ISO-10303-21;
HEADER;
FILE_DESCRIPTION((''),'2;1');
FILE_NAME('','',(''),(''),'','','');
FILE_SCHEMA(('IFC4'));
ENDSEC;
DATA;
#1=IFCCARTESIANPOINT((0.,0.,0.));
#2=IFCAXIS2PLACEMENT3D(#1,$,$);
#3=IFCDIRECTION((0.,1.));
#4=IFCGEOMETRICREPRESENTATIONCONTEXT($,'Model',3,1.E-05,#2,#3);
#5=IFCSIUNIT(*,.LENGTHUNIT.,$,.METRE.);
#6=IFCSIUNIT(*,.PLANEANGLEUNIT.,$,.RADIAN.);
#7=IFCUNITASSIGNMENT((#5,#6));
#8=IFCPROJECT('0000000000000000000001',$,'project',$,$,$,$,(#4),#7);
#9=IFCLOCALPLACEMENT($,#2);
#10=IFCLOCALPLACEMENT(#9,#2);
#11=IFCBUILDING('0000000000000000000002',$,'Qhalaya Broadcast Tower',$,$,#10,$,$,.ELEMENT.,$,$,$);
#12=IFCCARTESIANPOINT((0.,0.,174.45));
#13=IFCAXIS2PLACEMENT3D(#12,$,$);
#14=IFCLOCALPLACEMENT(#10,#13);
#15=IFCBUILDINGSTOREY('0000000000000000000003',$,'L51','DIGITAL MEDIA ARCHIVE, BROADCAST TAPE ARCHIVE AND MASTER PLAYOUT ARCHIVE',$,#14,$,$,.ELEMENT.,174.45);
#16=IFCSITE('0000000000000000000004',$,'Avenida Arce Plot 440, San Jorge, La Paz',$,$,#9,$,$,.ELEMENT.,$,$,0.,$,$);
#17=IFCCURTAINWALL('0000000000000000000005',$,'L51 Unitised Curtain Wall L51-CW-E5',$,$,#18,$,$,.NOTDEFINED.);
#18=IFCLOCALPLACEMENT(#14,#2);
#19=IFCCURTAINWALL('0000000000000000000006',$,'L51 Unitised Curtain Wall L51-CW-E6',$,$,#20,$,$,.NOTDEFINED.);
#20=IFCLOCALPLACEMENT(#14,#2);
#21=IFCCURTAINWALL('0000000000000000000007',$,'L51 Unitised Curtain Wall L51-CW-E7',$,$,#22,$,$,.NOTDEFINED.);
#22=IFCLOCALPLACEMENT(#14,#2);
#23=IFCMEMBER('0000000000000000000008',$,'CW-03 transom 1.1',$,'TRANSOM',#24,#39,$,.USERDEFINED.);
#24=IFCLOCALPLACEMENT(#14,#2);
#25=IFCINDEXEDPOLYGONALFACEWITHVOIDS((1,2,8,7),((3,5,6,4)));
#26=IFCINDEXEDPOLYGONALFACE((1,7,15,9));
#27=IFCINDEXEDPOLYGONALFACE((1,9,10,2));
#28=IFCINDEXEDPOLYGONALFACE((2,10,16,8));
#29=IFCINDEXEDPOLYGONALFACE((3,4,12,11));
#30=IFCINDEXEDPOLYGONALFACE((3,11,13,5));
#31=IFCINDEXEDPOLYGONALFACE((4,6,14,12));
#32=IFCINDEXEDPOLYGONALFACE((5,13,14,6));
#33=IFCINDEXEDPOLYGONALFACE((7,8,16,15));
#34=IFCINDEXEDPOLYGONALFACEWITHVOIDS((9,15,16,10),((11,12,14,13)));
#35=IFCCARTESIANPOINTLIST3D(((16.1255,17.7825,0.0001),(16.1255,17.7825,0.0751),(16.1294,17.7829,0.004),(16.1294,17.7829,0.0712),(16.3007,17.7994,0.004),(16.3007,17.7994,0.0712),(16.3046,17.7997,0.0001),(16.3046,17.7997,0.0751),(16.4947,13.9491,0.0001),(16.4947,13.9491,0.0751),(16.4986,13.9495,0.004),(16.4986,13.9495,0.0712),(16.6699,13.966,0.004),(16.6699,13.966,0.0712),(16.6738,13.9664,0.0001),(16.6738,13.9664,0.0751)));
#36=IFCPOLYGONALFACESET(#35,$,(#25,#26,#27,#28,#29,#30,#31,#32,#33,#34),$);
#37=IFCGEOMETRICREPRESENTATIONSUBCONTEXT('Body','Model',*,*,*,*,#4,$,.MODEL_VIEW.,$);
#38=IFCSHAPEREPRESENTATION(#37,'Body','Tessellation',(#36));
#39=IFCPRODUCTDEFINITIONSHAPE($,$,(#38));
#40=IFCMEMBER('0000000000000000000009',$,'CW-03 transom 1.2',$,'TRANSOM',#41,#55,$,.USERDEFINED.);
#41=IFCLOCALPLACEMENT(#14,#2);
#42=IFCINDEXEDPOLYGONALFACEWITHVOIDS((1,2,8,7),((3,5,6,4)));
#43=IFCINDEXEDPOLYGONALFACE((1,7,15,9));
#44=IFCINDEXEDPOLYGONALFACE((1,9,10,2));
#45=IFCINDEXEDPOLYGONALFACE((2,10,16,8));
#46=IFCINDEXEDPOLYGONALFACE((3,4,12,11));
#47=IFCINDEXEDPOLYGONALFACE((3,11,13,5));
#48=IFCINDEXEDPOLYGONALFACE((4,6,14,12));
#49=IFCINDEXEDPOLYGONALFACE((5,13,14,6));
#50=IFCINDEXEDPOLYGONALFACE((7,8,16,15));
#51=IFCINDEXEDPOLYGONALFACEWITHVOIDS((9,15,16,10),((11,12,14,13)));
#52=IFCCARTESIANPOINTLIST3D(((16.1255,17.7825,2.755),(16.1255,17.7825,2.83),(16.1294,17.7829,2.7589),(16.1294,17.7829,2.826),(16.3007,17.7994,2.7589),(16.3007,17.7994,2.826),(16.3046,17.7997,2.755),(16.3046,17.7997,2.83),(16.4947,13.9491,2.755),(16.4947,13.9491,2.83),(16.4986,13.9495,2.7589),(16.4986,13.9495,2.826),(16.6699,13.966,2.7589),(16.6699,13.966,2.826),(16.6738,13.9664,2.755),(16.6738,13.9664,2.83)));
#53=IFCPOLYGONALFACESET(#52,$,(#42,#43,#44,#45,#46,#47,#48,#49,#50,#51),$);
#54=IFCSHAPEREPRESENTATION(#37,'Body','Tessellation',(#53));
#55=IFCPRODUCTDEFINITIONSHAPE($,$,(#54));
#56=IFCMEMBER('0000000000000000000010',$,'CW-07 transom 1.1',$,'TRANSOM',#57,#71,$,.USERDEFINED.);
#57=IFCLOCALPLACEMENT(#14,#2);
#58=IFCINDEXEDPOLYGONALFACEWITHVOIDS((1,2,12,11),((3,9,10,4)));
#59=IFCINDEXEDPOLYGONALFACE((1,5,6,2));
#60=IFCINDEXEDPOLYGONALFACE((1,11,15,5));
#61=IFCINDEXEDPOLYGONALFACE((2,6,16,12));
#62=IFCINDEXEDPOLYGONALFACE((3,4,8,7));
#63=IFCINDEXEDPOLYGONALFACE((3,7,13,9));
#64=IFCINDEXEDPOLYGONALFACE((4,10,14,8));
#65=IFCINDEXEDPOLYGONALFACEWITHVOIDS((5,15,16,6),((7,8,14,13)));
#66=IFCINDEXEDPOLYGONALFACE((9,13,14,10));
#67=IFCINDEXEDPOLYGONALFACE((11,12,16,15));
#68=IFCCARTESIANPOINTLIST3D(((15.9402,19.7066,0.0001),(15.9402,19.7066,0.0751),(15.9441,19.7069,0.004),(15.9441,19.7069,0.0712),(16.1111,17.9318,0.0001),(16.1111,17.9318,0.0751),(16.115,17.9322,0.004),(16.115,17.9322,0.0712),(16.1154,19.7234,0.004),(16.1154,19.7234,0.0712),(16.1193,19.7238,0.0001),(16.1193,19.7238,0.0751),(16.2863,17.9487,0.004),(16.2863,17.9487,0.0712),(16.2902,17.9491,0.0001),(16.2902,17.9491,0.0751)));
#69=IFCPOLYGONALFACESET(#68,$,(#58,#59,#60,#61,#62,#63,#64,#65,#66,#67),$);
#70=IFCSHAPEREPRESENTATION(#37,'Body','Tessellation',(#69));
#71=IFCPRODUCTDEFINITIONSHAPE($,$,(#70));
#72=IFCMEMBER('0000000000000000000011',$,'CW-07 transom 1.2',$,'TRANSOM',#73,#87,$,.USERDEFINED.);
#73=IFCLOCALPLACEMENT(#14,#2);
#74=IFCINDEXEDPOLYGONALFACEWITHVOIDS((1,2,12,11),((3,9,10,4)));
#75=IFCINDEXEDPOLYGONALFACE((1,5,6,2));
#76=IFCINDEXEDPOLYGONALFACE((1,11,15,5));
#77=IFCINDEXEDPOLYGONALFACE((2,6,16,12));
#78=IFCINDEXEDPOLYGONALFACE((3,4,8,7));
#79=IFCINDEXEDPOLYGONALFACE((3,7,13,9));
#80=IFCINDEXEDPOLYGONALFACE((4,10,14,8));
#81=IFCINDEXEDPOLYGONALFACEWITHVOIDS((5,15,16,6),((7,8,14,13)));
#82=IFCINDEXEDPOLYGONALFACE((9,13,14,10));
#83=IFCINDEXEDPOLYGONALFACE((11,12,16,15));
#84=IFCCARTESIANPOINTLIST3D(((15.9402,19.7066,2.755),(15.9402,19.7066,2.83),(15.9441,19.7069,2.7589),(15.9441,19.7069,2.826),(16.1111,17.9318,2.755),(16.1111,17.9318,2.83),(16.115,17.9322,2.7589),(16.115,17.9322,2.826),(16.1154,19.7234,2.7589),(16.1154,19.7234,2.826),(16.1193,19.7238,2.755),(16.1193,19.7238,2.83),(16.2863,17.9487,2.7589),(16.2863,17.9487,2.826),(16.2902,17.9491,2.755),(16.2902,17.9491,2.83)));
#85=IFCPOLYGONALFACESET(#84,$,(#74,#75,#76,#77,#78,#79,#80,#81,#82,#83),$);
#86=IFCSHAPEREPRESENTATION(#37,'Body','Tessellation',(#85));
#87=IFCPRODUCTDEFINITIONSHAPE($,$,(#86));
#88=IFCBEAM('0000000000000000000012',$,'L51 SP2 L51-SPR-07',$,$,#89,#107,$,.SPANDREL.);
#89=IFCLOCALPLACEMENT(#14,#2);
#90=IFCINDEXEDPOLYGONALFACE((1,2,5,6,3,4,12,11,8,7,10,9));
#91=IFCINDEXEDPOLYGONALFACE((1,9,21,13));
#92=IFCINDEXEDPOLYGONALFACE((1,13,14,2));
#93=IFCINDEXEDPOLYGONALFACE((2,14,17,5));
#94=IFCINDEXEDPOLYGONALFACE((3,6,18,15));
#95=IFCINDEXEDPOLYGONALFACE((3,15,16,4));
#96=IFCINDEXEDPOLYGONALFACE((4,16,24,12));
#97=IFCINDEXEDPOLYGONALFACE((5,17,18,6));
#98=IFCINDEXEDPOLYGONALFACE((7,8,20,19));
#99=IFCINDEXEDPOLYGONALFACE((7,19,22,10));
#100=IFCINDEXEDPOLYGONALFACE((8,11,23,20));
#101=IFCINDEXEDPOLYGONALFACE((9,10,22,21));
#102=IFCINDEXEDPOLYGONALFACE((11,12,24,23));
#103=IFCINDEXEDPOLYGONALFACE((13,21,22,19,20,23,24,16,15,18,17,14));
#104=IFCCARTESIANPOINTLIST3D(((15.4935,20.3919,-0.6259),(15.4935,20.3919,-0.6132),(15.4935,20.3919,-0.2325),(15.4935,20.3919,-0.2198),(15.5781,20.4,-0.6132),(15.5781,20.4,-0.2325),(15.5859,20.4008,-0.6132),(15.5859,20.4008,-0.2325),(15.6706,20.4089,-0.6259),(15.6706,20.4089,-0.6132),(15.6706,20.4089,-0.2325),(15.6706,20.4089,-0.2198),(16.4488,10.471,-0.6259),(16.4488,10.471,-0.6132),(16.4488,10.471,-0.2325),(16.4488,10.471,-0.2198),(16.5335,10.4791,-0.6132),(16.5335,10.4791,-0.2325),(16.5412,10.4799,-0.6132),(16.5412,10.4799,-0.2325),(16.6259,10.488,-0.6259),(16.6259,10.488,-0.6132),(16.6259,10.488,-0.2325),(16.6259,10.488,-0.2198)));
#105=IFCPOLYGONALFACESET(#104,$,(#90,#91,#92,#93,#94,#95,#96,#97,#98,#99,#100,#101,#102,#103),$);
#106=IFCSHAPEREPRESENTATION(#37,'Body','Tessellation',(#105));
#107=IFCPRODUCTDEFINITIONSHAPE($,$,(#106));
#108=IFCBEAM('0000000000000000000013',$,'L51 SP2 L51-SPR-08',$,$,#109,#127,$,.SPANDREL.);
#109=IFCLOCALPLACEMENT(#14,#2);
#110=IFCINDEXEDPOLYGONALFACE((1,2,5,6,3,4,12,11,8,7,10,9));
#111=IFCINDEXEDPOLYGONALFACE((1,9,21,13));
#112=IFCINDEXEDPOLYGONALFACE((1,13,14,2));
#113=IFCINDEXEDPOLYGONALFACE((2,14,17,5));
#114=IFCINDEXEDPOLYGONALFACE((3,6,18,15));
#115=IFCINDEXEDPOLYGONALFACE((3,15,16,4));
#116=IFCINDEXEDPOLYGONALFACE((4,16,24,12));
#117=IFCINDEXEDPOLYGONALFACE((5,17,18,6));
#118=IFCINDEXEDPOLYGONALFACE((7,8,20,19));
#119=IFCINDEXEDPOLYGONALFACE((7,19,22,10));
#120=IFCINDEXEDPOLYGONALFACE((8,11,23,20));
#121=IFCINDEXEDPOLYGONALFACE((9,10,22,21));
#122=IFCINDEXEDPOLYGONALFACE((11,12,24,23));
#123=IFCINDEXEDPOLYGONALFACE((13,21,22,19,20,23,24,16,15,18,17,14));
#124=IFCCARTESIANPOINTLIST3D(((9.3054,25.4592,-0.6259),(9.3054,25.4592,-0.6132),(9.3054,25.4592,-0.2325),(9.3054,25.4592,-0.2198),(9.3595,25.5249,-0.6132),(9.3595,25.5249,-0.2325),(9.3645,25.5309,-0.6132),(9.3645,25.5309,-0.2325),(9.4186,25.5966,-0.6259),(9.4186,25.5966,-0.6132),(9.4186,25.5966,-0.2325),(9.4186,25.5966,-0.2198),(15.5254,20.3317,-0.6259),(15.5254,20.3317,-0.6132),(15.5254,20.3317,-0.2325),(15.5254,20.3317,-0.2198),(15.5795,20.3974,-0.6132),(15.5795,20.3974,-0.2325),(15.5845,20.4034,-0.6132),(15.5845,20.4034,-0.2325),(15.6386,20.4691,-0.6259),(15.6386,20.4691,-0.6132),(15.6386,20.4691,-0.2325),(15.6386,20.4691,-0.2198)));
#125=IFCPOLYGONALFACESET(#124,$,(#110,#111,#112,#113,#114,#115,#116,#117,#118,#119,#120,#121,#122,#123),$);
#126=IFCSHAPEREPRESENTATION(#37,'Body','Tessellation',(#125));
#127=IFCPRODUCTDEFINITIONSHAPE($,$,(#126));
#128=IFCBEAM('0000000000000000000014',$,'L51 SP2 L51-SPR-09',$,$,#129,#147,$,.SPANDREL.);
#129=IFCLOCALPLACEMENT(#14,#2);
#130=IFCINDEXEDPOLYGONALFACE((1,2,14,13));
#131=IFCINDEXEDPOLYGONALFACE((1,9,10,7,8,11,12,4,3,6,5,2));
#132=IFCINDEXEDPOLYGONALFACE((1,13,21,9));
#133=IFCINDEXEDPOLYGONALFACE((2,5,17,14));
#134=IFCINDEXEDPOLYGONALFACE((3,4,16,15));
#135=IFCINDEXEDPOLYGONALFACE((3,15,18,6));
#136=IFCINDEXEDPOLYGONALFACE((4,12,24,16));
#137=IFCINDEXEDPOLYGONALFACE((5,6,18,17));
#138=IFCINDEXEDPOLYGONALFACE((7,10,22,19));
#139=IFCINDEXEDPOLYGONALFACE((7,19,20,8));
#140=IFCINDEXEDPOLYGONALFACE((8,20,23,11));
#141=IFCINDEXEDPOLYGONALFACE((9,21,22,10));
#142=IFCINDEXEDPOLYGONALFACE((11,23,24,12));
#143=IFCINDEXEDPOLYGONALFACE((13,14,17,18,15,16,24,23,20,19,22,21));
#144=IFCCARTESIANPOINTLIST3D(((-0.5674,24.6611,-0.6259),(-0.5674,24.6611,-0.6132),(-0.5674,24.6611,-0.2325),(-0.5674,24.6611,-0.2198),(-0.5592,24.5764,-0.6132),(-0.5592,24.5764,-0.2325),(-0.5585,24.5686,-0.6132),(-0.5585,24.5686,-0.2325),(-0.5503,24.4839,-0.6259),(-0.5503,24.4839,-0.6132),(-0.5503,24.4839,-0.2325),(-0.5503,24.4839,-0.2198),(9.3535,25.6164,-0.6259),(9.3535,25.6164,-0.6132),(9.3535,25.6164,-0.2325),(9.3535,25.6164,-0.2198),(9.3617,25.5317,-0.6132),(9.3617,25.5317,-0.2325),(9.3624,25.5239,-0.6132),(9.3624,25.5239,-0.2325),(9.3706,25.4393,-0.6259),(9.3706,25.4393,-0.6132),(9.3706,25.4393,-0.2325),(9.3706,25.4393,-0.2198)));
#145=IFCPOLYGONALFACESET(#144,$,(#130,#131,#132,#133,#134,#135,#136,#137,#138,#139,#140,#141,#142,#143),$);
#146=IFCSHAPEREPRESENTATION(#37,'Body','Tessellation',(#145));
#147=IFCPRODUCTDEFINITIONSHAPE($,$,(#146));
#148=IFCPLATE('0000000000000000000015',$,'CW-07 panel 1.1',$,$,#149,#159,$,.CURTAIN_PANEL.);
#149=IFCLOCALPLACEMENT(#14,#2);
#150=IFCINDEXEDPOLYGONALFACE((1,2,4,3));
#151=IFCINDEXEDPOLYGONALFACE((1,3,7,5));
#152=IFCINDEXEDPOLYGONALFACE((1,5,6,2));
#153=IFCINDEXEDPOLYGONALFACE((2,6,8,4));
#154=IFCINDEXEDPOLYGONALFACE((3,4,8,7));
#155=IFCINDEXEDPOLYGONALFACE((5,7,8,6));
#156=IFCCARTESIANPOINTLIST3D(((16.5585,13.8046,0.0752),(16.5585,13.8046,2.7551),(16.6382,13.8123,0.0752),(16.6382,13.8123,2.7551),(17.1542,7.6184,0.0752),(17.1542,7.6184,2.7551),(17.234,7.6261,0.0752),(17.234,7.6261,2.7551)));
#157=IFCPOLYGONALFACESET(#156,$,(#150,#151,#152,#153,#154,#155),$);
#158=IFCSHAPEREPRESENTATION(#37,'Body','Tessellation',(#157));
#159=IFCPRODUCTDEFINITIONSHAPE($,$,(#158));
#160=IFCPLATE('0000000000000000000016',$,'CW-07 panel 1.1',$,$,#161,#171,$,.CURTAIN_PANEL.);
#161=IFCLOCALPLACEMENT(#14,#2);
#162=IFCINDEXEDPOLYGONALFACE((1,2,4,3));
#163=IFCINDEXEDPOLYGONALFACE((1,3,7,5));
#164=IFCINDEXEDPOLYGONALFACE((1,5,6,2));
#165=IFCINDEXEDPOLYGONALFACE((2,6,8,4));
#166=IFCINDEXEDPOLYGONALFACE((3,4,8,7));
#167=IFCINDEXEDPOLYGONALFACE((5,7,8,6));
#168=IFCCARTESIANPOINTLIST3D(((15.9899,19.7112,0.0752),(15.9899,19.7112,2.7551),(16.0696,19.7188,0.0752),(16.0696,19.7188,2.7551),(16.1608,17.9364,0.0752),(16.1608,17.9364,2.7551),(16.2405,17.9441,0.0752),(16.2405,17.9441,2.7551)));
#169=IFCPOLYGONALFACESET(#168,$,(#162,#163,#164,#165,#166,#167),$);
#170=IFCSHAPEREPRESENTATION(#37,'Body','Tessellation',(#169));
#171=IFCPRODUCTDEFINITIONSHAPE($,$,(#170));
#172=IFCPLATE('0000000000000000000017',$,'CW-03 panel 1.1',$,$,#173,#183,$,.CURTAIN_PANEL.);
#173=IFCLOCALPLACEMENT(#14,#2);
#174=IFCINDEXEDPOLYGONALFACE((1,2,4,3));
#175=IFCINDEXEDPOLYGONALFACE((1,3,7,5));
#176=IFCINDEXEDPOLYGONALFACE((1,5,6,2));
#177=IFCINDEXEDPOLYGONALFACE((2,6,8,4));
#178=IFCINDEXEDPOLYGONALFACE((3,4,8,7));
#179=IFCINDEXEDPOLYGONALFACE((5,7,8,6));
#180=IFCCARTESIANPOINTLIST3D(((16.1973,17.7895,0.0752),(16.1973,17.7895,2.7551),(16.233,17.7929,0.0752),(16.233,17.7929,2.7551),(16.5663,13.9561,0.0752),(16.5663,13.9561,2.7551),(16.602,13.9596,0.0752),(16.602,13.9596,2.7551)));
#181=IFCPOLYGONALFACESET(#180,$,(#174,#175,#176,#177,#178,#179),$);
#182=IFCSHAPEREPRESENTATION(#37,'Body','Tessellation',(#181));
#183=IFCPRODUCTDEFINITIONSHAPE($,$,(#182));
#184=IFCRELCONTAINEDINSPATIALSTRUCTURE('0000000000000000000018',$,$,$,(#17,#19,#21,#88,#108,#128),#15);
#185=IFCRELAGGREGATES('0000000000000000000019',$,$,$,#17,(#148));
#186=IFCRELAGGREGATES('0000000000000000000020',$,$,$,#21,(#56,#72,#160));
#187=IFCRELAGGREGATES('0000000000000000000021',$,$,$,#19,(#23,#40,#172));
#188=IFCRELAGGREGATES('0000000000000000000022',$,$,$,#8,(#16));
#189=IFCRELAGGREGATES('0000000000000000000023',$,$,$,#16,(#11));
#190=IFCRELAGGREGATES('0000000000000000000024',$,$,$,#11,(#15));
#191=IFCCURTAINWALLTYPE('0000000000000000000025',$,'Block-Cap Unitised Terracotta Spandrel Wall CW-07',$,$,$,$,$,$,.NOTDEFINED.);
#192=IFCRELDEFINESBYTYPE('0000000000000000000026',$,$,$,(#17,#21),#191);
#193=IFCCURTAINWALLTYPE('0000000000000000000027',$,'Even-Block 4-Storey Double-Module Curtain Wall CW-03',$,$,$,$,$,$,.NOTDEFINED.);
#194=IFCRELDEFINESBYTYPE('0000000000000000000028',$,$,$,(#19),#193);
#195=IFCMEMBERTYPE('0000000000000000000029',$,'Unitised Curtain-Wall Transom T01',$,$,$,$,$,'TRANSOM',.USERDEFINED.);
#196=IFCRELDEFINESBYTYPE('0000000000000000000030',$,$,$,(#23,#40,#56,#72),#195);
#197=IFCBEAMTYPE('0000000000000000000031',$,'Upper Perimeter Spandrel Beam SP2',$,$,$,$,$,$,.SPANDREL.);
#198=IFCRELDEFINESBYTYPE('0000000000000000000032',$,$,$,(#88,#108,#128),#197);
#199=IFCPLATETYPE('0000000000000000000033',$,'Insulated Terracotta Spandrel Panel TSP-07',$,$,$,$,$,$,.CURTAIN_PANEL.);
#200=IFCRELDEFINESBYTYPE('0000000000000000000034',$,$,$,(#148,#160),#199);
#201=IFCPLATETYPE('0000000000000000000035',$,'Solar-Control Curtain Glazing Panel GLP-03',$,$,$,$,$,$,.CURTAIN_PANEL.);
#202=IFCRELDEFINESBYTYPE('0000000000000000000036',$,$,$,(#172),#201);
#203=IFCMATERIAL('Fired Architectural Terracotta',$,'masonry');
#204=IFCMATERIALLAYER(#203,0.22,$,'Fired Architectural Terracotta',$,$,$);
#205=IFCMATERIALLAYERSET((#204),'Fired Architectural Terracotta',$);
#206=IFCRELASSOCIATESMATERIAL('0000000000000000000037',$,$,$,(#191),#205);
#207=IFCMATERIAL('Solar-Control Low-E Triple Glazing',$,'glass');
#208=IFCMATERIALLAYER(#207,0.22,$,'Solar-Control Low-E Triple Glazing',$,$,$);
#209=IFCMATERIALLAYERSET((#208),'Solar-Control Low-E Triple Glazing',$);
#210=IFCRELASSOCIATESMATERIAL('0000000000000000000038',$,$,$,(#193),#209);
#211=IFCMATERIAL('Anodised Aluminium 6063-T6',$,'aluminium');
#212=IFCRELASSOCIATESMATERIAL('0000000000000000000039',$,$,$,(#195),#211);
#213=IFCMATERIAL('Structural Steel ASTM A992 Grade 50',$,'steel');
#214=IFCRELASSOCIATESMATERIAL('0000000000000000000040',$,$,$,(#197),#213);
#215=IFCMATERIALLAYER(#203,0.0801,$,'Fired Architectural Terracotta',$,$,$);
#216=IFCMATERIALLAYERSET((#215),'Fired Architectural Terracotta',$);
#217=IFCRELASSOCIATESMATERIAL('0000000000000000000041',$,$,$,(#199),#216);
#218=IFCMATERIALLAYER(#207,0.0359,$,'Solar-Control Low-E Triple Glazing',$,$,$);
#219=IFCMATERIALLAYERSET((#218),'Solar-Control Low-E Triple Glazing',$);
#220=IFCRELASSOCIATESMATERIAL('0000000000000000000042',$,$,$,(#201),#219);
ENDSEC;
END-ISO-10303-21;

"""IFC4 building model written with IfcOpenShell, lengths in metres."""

from ifc_helpers import new_model, si_unit, direction, frame, origin, origin_2d, place, context, subcontext, project, spatial, rectangle, hollow_rectangle, i_section, extrude, material, layer, layer_set, material_profile, profile_set, type_object, element, aggregate, save


model = new_model("IFC4")

# Units and contexts
model_context = context("Model", 3, precision=1e-05, world=origin(), true_north=direction((0.0, 1.0)))
body_context = subcontext(model_context, "Body", "Model", "MODEL_VIEW")
ifc_project = project(units=[si_unit("LENGTHUNIT", "METRE"), si_unit("PLANEANGLEUNIT", "RADIAN")], contexts=[model_context])

# Site, building, storey
site_placement = place(None, origin())
site = spatial("IfcSite", under=ifc_project, at=site_placement, Name="Avenida Arce Plot 440, San Jorge, La Paz", CompositionType="ELEMENT", RefElevation=0.0)
building_placement = place(site_placement, origin())
building = spatial("IfcBuilding", under=site, at=building_placement, Name="Qhalaya Broadcast Tower", CompositionType="ELEMENT")
storey_placement = place(building_placement, frame((0.0, 0.0, 174.45)))
storey = spatial("IfcBuildingStorey", under=building, at=storey_placement, Name="L51", Description="DIGITAL MEDIA ARCHIVE, BROADCAST TAPE ARCHIVE AND MASTER PLAYOUT ARCHIVE", CompositionType="ELEMENT", Elevation=174.45)

# Shared definitions
ifc_material_1 = material(Name="Structural Steel ASTM A992 Grade 50", Category="steel")

# Curtain wall
ifc_material_2 = material(Name="Fired Architectural Terracotta", Category="masonry")
ifc_layer_1 = layer(ifc_material_2, 0.22, Name="Fired Architectural Terracotta")
ifc_layer_set_1 = layer_set([ifc_layer_1], Name="Fired Architectural Terracotta")
curtain_wall_type_1 = type_object("IfcCurtainWallType", Name="Block-Cap Unitised Terracotta Spandrel Wall CW-07", PredefinedType="NOTDEFINED", material=ifc_layer_set_1)
curtain_wall_1_placement = place(storey_placement, origin())
curtain_wall_1 = element("IfcCurtainWall", 1, at=curtain_wall_1_placement, inside=storey, type_object=curtain_wall_type_1, Name="L51 Unitised Curtain Wall L51-CW-E5", PredefinedType="NOTDEFINED")
ifc_material_3 = material(Name="Anodised Aluminium 6063-T6", Category="aluminium")

# Curtain walls
ifc_material_4 = material(Name="Solar-Control Low-E Triple Glazing", Category="glass")
ifc_layer_2 = layer(ifc_material_4, 0.22, Name="Solar-Control Low-E Triple Glazing")
ifc_layer_set_2 = layer_set([ifc_layer_2], Name="Solar-Control Low-E Triple Glazing")
curtain_wall_type_2 = type_object("IfcCurtainWallType", Name="Even-Block 4-Storey Double-Module Curtain Wall CW-03", PredefinedType="NOTDEFINED", material=ifc_layer_set_2)
curtain_wall_2_placement = place(storey_placement, origin())
curtain_wall_2 = element("IfcCurtainWall", 2, at=curtain_wall_2_placement, inside=storey, type_object=curtain_wall_type_2, Name="L51 Unitised Curtain Wall L51-CW-E6", PredefinedType="NOTDEFINED")
curtain_wall_3_placement = place(storey_placement, origin())
curtain_wall_3 = element("IfcCurtainWall", 3, at=curtain_wall_3_placement, inside=storey, type_object=curtain_wall_type_1, Name="L51 Unitised Curtain Wall L51-CW-E7", PredefinedType="NOTDEFINED")

# Members
ifc_material_profile_1 = material_profile(ifc_material_3, hollow_rectangle(XDim=0.075, YDim=0.1799, WallThickness=0.0039, at=origin_2d()), Name="ALU-TRN 75x180x4")
ifc_profile_set_1 = profile_set([ifc_material_profile_1], Name="Anodised Aluminium 6063-T6")
member_type_1 = type_object("IfcMemberType", Name="Unitised Curtain-Wall Transom T01", ElementType="TRANSOM", PredefinedType="USERDEFINED", material=ifc_profile_set_1)
member_1_placement = place(storey_placement, frame((16.5842, 13.9578, 0.0376), z_axis=(-0.095856, 0.995395, 0.0), x_axis=(0.0, 0.0, 1.0)))
member_1 = element("IfcMember", 4, at=member_1_placement, type_object=member_type_1, Name="CW-03 transom 1.1", ObjectType="TRANSOM", PredefinedType="USERDEFINED", context=body_context, shape_type="SweptSolid", body=[
    extrude(hollow_rectangle(XDim=0.075, YDim=0.1799, WallThickness=0.0039, at=origin_2d()), origin(), (0.0, 0.0, 1.0), 3.8511),
])
member_2_placement = place(storey_placement, frame((16.5842, 13.9578, 2.7925), z_axis=(-0.095856, 0.995395, 0.0), x_axis=(0.0, 0.0, 1.0)))
member_2 = element("IfcMember", 5, at=member_2_placement, type_object=member_type_1, Name="CW-03 transom 1.2", ObjectType="TRANSOM", PredefinedType="USERDEFINED", context=body_context, shape_type="SweptSolid", body=[
    extrude(hollow_rectangle(XDim=0.075, YDim=0.1799, WallThickness=0.0039, at=origin_2d()), origin(), (0.0, 0.0, 1.0), 3.8511),
])
member_3_placement = place(storey_placement, frame((16.2007, 17.9404, 0.0376), z_axis=(-0.095856, 0.995395, 0.0), x_axis=(0.0, 0.0, 1.0)))
member_3 = element("IfcMember", 6, at=member_3_placement, type_object=member_type_1, Name="CW-07 transom 1.1", ObjectType="TRANSOM", PredefinedType="USERDEFINED", context=body_context, shape_type="SweptSolid", body=[
    extrude(hollow_rectangle(XDim=0.075, YDim=0.1799, WallThickness=0.0039, at=origin_2d()), origin(), (0.0, 0.0, 1.0), 1.783),
])
member_4_placement = place(storey_placement, frame((16.2007, 17.9404, 2.7925), z_axis=(-0.095856, 0.995395, 0.0), x_axis=(0.0, 0.0, 1.0)))
member_4 = element("IfcMember", 7, at=member_4_placement, type_object=member_type_1, Name="CW-07 transom 1.2", ObjectType="TRANSOM", PredefinedType="USERDEFINED", context=body_context, shape_type="SweptSolid", body=[
    extrude(hollow_rectangle(XDim=0.075, YDim=0.1799, WallThickness=0.0039, at=origin_2d()), origin(), (0.0, 0.0, 1.0), 1.783),
])

# Beams
ifc_material_profile_2 = material_profile(ifc_material_1, i_section(OverallWidth=0.178, OverallDepth=0.406, WebThickness=0.0078, FlangeThickness=0.0127, at=origin_2d()), Name="W16X40")
ifc_profile_set_2 = profile_set([ifc_material_profile_2], Name="Structural Steel ASTM A992 Grade 50")
beam_type_1 = type_object("IfcBeamType", Name="Upper Perimeter Spandrel Beam SP2", PredefinedType="SPANDREL", material=ifc_profile_set_2)
beam_1_placement = place(storey_placement, frame((16.5374, 10.4795, -0.4229), z_axis=(-0.095851, 0.995396, 0.0), x_axis=(-0.995396, -0.095851, 0.0)))
element("IfcBeam", 8, at=beam_1_placement, inside=storey, type_object=beam_type_1, Name="L51 SP2 L51-SPR-07", PredefinedType="SPANDREL", context=body_context, shape_type="SweptSolid", body=[
    extrude(i_section(OverallWidth=0.178, OverallDepth=0.406, WebThickness=0.0078, FlangeThickness=0.0127, at=origin_2d()), origin(), (0.0, 0.0, 1.0), 9.9668),
])
beam_2_placement = place(storey_placement, frame((15.582, 20.4004, -0.4229), z_axis=(-0.771619, 0.636085, 0.0), x_axis=(-0.636085, -0.771619, 0.0)))
element("IfcBeam", 9, at=beam_2_placement, inside=storey, type_object=beam_type_1, Name="L51 SP2 L51-SPR-08", PredefinedType="SPANDREL", context=body_context, shape_type="SweptSolid", body=[
    extrude(i_section(OverallWidth=0.178, OverallDepth=0.406, WebThickness=0.0078, FlangeThickness=0.0127, at=origin_2d()), origin(), (0.0, 0.0, 1.0), 8.061),
])
beam_3_placement = place(storey_placement, frame((9.3621, 25.5278, -0.4229), z_axis=(-0.995396, -0.095851, 0.0), x_axis=(0.095851, -0.995396, 0.0)))
element("IfcBeam", 10, at=beam_3_placement, inside=storey, type_object=beam_type_1, Name="L51 SP2 L51-SPR-09", PredefinedType="SPANDREL", context=body_context, shape_type="SweptSolid", body=[
    extrude(i_section(OverallWidth=0.178, OverallDepth=0.406, WebThickness=0.0078, FlangeThickness=0.0127, at=origin_2d()), origin(), (0.0, 0.0, 1.0), 9.9668),
])

# Plates
ifc_layer_3 = layer(ifc_material_2, 0.0801, Name="Fired Architectural Terracotta")
ifc_layer_set_3 = layer_set([ifc_layer_3], Name="Fired Architectural Terracotta")
plate_type_1 = type_object("IfcPlateType", Name="Insulated Terracotta Spandrel Panel TSP-07", PredefinedType="CURTAIN_PANEL", material=ifc_layer_set_3)
plate_1_placement = place(storey_placement, frame((16.8962, 10.7153, 0.0752), z_axis=(0.0, 0.0, 1.0), x_axis=(-0.095854, 0.995395, 0.0)))
plate_1 = element("IfcPlate", 11, at=plate_1_placement, type_object=plate_type_1, Name="CW-07 panel 1.1", PredefinedType="CURTAIN_PANEL", context=body_context, shape_type="SweptSolid", body=[
    extrude(rectangle(XDim=6.2148, YDim=0.0801, at=origin_2d()), origin(), (0.0, 0.0, 1.0), 2.6799),
])
aggregate(curtain_wall_1, [plate_1])
plate_2_placement = place(storey_placement, frame((16.1152, 18.8276, 0.0752), z_axis=(0.0, 0.0, 1.0), x_axis=(-0.095861, 0.995395, 0.0)))
plate_2 = element("IfcPlate", 12, at=plate_2_placement, type_object=plate_type_1, Name="CW-07 panel 1.1", PredefinedType="CURTAIN_PANEL", context=body_context, shape_type="SweptSolid", body=[
    extrude(rectangle(XDim=1.783, YDim=0.0801, at=origin_2d()), origin(), (0.0, 0.0, 1.0), 2.6799),
])
aggregate(curtain_wall_3, [member_3, member_4, plate_2])
ifc_layer_4 = layer(ifc_material_4, 0.0359, Name="Solar-Control Low-E Triple Glazing")
ifc_layer_set_4 = layer_set([ifc_layer_4], Name="Solar-Control Low-E Triple Glazing")
plate_type_2 = type_object("IfcPlateType", Name="Solar-Control Curtain Glazing Panel GLP-03", PredefinedType="CURTAIN_PANEL", material=ifc_layer_set_4)
plate_3_placement = place(storey_placement, frame((16.3997, 15.8745, 0.0752), z_axis=(0.0, 0.0, 1.0), x_axis=(-0.095826, 0.995398, 0.0)))
plate_3 = element("IfcPlate", 13, at=plate_3_placement, type_object=plate_type_2, Name="CW-03 panel 1.1", PredefinedType="CURTAIN_PANEL", context=body_context, shape_type="SweptSolid", body=[
    extrude(rectangle(XDim=3.8511, YDim=0.0359, at=origin_2d()), origin(), (0.0, 0.0, 1.0), 2.6799),
])
aggregate(curtain_wall_2, [member_1, member_2, plate_3])

save(model, "model.ifc")
